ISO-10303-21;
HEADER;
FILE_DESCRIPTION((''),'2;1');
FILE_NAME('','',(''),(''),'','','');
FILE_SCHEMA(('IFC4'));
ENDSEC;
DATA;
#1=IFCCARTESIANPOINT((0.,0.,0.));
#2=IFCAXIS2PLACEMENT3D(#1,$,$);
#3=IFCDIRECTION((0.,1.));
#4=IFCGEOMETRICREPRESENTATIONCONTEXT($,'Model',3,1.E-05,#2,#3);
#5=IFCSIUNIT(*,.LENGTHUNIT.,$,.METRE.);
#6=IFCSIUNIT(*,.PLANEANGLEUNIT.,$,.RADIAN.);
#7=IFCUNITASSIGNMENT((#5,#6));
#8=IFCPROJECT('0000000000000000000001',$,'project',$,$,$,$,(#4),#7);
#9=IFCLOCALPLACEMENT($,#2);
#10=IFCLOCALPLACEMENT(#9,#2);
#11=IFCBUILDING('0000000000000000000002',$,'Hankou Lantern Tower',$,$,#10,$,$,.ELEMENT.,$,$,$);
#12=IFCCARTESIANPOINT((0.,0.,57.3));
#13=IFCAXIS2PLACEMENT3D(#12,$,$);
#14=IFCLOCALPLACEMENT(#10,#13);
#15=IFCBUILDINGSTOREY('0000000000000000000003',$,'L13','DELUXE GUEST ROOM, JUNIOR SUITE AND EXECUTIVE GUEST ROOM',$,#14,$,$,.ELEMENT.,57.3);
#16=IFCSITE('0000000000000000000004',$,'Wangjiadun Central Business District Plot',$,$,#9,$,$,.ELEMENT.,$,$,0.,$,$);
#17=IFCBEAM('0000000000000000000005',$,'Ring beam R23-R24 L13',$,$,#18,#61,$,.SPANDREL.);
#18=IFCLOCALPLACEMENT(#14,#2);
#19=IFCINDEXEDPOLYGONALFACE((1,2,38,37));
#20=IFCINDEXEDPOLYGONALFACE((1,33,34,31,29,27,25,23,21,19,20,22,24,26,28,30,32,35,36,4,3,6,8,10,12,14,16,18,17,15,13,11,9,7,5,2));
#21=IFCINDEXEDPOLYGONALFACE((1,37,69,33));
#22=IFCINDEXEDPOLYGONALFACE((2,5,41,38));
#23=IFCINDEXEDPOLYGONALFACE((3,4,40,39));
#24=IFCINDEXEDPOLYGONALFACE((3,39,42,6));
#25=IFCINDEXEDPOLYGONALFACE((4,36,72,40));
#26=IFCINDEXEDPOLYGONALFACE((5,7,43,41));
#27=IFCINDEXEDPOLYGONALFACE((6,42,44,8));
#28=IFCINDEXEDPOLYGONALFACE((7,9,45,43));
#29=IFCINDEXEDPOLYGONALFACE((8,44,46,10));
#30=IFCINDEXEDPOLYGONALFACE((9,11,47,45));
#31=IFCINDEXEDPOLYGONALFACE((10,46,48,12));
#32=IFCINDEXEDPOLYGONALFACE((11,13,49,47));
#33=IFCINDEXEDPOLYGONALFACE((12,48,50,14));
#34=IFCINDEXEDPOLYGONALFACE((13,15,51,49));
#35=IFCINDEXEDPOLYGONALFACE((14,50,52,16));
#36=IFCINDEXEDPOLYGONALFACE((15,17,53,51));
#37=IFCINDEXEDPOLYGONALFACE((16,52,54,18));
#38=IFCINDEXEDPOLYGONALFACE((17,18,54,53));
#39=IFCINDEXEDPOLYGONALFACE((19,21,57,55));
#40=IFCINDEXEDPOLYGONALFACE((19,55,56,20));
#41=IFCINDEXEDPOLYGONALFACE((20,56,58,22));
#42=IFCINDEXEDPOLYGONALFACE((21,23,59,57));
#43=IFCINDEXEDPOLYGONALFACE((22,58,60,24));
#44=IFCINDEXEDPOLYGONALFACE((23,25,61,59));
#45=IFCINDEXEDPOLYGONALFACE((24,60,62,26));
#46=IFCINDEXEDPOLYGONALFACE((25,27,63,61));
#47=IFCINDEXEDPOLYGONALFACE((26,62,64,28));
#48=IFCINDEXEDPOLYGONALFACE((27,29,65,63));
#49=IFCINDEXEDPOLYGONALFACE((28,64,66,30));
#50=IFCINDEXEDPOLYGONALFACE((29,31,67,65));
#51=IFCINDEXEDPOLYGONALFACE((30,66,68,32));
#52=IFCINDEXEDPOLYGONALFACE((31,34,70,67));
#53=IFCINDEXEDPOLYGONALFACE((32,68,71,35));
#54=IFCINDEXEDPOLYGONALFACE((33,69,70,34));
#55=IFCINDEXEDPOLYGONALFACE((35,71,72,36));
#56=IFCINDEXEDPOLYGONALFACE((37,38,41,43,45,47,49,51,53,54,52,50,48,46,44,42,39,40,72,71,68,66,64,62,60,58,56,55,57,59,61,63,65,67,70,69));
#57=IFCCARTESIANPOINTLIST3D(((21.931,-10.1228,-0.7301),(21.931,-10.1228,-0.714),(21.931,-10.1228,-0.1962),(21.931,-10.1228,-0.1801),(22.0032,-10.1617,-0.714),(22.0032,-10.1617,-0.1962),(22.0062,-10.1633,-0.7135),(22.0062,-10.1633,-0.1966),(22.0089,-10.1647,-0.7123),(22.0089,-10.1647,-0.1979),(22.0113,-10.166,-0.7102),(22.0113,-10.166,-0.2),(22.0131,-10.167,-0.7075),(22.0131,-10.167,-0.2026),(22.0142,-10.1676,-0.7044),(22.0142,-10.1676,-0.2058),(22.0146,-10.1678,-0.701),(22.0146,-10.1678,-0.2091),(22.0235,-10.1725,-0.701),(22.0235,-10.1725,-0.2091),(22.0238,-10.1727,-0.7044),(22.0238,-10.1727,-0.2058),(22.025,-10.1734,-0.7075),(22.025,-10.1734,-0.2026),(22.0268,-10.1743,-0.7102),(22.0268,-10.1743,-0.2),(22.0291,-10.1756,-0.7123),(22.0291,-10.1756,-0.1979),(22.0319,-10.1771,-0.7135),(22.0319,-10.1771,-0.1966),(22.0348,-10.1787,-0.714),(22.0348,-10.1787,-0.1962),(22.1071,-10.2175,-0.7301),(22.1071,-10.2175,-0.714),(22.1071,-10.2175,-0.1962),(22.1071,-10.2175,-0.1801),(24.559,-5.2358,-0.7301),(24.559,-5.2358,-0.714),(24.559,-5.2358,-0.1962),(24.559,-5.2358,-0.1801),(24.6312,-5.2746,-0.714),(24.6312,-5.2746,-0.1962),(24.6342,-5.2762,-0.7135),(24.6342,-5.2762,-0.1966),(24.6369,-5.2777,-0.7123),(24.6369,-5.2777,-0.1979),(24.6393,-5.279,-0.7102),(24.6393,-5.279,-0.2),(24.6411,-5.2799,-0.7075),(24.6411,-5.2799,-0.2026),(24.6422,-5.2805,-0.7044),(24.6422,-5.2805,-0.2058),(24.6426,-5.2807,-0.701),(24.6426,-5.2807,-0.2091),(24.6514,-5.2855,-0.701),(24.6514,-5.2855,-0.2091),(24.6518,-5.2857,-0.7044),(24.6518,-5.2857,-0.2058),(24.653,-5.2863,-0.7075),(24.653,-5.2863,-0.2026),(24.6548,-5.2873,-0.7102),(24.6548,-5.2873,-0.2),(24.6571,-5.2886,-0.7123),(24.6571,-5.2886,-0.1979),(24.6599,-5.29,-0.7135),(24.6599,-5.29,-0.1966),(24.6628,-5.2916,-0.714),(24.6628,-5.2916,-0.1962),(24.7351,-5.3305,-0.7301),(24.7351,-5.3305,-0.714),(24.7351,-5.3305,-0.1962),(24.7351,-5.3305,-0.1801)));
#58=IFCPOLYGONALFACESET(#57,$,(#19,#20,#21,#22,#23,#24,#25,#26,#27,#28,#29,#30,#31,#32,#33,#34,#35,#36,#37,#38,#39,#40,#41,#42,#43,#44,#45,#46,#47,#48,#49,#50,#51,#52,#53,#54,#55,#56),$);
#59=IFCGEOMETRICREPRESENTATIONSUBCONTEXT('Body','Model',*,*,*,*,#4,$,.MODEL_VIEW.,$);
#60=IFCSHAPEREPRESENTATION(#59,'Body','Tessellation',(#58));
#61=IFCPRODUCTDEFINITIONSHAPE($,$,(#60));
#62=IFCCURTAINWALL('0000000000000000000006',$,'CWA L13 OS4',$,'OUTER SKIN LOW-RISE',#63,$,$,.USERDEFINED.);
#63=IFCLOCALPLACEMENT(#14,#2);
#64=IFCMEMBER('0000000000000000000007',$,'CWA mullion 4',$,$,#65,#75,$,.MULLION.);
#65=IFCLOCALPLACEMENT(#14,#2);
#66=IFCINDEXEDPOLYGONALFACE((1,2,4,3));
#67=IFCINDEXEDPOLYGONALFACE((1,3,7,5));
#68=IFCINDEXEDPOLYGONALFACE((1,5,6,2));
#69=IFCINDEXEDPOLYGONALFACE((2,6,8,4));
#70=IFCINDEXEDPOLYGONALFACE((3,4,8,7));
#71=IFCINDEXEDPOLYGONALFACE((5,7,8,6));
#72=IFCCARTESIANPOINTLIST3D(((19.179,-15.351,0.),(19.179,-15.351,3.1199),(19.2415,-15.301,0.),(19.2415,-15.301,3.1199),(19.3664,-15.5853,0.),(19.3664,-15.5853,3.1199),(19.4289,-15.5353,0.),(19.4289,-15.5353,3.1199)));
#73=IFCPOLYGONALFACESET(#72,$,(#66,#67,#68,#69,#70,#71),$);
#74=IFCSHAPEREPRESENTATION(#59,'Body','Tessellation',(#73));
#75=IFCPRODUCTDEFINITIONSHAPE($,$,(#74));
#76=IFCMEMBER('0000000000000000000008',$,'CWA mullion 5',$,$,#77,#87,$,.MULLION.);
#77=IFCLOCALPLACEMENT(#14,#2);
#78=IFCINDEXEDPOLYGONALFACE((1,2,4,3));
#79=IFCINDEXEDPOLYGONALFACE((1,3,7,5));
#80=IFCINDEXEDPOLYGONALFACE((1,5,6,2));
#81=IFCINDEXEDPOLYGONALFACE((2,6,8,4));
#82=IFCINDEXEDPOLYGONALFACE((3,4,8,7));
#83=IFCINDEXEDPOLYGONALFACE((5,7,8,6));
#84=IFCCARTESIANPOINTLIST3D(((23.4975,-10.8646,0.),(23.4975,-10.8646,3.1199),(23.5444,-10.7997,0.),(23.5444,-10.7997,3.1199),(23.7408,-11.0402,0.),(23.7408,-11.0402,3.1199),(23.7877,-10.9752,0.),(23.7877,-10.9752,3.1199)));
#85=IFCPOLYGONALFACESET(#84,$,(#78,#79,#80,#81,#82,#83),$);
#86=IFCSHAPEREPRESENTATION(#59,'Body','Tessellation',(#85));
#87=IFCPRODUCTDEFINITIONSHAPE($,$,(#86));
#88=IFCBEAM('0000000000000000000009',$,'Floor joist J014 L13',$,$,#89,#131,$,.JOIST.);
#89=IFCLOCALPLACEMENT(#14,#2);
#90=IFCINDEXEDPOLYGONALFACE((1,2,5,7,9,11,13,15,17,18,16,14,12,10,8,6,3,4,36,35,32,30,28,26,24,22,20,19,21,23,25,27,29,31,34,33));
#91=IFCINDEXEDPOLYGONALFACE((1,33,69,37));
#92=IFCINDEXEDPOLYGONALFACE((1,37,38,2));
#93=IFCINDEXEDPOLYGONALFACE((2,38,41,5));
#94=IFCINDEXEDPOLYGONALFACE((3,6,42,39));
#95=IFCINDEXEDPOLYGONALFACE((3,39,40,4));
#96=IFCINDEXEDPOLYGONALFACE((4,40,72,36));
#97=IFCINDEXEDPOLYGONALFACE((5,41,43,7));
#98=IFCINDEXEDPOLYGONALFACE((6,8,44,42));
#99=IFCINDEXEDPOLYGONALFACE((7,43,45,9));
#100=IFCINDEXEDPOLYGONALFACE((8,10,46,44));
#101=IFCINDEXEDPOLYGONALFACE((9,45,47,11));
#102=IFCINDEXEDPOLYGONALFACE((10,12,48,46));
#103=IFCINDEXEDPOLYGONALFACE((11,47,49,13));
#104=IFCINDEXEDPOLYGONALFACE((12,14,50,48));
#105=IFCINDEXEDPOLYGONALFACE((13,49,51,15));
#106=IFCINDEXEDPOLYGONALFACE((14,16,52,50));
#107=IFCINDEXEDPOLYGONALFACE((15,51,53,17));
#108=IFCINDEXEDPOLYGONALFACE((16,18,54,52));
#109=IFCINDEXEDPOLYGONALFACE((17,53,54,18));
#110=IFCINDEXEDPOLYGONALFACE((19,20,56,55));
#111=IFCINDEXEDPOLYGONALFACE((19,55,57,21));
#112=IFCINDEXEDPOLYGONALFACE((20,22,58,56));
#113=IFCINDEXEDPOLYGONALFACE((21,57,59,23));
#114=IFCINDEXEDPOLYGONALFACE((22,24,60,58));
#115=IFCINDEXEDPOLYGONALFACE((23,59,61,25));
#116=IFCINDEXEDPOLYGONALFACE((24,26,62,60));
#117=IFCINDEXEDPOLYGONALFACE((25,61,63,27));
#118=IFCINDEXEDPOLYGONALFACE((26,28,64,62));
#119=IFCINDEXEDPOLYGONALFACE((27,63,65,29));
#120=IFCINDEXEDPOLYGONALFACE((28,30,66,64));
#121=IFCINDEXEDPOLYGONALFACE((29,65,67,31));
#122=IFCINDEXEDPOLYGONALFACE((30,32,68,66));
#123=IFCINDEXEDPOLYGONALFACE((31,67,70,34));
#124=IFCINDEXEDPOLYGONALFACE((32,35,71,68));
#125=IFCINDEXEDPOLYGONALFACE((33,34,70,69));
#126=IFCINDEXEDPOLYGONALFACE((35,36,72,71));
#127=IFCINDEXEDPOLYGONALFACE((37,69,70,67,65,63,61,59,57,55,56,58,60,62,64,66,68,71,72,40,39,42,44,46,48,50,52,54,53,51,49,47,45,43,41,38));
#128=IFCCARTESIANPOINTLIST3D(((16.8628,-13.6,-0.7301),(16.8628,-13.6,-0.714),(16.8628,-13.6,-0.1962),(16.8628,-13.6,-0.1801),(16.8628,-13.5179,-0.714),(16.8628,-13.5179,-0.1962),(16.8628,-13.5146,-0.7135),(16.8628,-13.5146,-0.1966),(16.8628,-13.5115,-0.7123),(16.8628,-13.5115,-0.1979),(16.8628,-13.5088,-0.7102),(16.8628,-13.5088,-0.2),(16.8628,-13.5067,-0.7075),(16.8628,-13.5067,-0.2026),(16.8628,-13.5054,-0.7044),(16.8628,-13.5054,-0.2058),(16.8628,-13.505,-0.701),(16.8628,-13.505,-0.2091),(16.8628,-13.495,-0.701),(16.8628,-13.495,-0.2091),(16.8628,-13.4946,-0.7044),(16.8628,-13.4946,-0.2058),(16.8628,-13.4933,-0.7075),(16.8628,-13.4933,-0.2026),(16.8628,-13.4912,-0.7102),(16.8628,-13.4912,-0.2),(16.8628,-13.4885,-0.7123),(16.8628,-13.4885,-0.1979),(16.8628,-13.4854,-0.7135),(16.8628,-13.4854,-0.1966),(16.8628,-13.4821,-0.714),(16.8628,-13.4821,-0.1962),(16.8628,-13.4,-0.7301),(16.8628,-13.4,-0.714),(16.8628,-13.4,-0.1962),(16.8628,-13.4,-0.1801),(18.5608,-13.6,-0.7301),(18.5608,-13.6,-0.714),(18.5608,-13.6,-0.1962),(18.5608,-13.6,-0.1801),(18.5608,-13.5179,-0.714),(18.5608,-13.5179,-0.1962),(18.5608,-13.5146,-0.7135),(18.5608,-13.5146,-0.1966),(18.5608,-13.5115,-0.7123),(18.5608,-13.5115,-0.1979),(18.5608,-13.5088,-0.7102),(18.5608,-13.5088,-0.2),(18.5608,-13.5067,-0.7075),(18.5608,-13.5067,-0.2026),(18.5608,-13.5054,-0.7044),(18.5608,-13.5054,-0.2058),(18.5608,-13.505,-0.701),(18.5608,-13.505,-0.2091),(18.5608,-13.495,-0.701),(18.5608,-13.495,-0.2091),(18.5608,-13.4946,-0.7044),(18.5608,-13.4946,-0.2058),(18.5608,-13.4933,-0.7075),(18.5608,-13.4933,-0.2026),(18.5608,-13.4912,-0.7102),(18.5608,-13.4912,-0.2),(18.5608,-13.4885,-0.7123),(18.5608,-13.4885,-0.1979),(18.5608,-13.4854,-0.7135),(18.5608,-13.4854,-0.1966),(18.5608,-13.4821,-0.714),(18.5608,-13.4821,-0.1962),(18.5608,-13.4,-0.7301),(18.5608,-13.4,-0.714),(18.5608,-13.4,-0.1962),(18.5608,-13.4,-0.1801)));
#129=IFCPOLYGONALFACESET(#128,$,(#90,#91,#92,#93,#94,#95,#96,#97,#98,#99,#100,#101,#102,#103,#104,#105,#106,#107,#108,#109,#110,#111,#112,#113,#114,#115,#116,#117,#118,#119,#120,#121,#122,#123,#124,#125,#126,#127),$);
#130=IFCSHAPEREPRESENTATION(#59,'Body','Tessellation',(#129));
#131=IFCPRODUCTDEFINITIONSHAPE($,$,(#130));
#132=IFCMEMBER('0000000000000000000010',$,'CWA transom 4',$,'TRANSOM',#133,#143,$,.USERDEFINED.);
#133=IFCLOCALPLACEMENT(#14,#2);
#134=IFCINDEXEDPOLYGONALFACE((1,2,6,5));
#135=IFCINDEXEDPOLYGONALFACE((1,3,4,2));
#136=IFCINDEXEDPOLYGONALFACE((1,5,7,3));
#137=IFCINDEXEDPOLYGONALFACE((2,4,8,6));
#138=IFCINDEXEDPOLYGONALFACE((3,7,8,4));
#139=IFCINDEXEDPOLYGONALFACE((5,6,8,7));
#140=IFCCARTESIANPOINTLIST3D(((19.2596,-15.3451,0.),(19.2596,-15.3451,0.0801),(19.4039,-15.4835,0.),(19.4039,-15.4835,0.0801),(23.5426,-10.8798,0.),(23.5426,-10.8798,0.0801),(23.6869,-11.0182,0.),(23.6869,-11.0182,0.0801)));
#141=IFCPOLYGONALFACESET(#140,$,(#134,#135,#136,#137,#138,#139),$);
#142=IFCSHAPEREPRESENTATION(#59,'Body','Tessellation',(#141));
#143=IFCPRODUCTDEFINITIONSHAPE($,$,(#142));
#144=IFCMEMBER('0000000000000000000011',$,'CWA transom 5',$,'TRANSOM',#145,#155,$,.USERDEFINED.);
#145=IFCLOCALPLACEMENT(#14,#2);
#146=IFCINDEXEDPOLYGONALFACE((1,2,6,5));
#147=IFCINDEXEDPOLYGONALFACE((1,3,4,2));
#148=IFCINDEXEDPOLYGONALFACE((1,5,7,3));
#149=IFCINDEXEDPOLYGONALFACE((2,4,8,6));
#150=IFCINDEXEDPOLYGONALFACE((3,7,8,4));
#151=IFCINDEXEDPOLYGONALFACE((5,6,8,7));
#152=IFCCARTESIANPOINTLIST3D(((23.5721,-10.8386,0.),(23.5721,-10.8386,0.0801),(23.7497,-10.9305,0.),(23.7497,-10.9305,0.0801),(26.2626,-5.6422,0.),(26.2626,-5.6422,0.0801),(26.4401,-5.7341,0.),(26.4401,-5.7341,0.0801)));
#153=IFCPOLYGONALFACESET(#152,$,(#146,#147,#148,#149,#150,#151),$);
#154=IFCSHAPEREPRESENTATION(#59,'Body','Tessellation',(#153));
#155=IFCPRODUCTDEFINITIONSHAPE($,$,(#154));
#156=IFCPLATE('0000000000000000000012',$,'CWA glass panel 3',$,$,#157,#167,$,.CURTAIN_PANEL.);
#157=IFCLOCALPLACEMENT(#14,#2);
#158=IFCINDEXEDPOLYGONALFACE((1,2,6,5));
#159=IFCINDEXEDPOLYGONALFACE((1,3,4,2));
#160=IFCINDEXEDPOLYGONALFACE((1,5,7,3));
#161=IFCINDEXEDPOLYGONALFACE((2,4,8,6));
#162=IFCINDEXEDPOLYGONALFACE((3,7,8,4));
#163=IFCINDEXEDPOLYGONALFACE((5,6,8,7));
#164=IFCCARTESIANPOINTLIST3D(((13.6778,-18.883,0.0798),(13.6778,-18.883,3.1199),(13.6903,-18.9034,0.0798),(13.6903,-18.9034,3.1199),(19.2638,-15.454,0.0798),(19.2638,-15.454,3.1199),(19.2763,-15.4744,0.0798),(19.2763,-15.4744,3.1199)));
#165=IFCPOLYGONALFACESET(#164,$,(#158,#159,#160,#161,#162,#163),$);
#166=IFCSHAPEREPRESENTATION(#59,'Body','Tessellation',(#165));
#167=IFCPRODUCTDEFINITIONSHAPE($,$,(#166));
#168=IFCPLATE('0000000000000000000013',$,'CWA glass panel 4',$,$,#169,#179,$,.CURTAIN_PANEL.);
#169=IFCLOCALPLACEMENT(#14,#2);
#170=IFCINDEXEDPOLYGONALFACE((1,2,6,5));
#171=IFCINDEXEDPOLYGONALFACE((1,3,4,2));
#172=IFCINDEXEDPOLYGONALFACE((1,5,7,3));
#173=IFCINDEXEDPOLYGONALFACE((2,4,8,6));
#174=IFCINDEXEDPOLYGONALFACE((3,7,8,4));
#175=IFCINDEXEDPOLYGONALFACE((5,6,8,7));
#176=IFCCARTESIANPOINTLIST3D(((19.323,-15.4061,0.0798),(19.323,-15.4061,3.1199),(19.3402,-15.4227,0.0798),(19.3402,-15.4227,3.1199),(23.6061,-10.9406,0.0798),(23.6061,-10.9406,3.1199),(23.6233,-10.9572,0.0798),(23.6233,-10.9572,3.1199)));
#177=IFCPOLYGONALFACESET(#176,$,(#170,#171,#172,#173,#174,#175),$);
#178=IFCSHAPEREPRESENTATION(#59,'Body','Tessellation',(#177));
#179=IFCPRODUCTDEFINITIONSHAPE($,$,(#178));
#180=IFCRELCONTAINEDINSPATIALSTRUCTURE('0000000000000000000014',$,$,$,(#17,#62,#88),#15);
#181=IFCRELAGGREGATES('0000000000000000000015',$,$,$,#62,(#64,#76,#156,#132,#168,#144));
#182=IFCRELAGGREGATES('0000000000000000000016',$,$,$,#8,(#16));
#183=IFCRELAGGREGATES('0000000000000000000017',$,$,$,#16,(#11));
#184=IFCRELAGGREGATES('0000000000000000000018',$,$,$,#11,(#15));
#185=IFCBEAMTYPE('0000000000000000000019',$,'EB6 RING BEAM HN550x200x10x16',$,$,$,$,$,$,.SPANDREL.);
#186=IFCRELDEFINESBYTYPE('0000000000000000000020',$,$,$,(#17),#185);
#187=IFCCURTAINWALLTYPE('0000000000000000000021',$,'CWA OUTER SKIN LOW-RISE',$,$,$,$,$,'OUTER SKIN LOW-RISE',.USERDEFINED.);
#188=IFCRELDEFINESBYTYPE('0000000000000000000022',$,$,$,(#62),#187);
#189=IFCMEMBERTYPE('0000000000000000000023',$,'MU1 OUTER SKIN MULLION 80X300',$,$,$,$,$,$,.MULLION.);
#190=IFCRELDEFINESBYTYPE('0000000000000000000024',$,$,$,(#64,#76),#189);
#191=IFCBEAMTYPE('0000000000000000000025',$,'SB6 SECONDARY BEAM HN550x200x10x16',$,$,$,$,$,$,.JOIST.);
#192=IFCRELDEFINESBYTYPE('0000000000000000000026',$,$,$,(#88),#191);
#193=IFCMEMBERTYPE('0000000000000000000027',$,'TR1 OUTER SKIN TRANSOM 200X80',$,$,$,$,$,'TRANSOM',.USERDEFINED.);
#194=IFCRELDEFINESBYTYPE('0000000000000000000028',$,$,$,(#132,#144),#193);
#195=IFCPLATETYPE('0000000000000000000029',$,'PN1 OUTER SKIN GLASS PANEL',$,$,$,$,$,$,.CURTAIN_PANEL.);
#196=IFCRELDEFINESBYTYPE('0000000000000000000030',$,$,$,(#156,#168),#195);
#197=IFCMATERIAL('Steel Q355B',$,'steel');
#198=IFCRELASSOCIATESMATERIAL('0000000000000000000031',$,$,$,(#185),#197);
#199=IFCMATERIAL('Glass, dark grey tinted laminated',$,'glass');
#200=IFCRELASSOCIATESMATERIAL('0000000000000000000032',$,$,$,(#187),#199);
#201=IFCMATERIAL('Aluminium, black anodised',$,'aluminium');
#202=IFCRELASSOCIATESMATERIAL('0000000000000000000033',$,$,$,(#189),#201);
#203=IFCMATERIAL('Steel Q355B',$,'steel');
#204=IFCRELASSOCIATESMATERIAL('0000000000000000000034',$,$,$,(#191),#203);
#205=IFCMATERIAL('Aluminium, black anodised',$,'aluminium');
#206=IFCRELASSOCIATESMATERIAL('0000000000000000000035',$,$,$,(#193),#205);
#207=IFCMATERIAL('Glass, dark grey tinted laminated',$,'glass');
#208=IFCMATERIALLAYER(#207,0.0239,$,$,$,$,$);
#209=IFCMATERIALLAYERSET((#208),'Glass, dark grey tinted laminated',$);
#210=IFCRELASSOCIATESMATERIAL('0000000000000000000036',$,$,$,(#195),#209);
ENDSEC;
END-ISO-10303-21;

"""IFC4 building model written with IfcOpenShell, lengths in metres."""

from ifc_helpers import new_model, si_unit, direction, frame, origin, origin_2d, place, context, subcontext, project, spatial, rectangle, i_section, extrude, material, layer, layer_set, material_profile, profile_set, type_object, element, aggregate, save


model = new_model("IFC4")

# Units and contexts
model_context = context("Model", 3, precision=1e-05, world=origin(), true_north=direction((0.0, 1.0)))
body_context = subcontext(model_context, "Body", "Model", "MODEL_VIEW")
ifc_project = project(units=[si_unit("LENGTHUNIT", "METRE"), si_unit("PLANEANGLEUNIT", "RADIAN")], contexts=[model_context])

# Site, building, storey
site_placement = place(None, origin())
site = spatial("IfcSite", under=ifc_project, at=site_placement, Name="Wangjiadun Central Business District Plot", CompositionType="ELEMENT", RefElevation=0.0)
building_placement = place(site_placement, origin())
building = spatial("IfcBuilding", under=site, at=building_placement, Name="Hankou Lantern Tower", CompositionType="ELEMENT")
storey_placement = place(building_placement, frame((0.0, 0.0, 57.3)))
storey = spatial("IfcBuildingStorey", under=building, at=storey_placement, Name="L13", Description="DELUXE GUEST ROOM, JUNIOR SUITE AND EXECUTIVE GUEST ROOM", CompositionType="ELEMENT", Elevation=57.3)

# Beam
ifc_material_1 = material(Name="Steel Q355B", Category="steel")
ifc_material_profile_1 = material_profile(ifc_material_1, i_section(OverallWidth=0.2, OverallDepth=0.55, WebThickness=0.01, FlangeThickness=0.0161, FilletRadius=0.0129, at=origin_2d()), Name="HN550x200x10x16")
ifc_profile_set_1 = profile_set([ifc_material_profile_1], Name="Steel Q355B")
beam_type_1 = type_object("IfcBeamType", Name="EB6 RING BEAM HN550x200x10x16", PredefinedType="SPANDREL", material=ifc_profile_set_1)
beam_1_placement = place(storey_placement, frame((22.019, -10.1702, -0.4551), z_axis=(0.473609, 0.880735, 0.0), x_axis=(-0.880735, 0.473609, 0.0)))
element("IfcBeam", 1, at=beam_1_placement, inside=storey, type_object=beam_type_1, Name="Ring beam R23-R24 L13", PredefinedType="SPANDREL", context=body_context, shape_type="SweptSolid", body=[
    extrude(i_section(OverallWidth=0.2, OverallDepth=0.55, WebThickness=0.01, FlangeThickness=0.0161, FilletRadius=0.0129, at=origin_2d()), origin(), (0.0, 0.0, 1.0), 5.5488),
])

# Curtain wall, members
ifc_material_2 = material(Name="Glass, dark grey tinted laminated", Category="glass")
curtain_wall_type = type_object("IfcCurtainWallType", Name="CWA OUTER SKIN LOW-RISE", ElementType="OUTER SKIN LOW-RISE", PredefinedType="USERDEFINED", material=ifc_material_2)
curtain_wall_placement = place(storey_placement, origin())
curtain_wall = element("IfcCurtainWall", 2, at=curtain_wall_placement, inside=storey, type_object=curtain_wall_type, Name="CWA L13 OS4", ObjectType="OUTER SKIN LOW-RISE", PredefinedType="USERDEFINED")
ifc_material_3 = material(Name="Aluminium, black anodised", Category="aluminium")
ifc_material_profile_2 = material_profile(ifc_material_3, rectangle(XDim=0.0801, YDim=0.3, at=origin_2d()), Name="MU1 80X300")
ifc_profile_set_2 = profile_set([ifc_material_profile_2], Name="Aluminium, black anodised")
member_type_1 = type_object("IfcMemberType", Name="MU1 OUTER SKIN MULLION 80X300", PredefinedType="MULLION", material=ifc_profile_set_2)
member_1_placement = place(storey_placement, frame((19.304, -15.4431, 0.0), z_axis=(0.0, 0.0, 1.0), x_axis=(0.780869, 0.624695, 0.0)))
member_1 = element("IfcMember", 3, at=member_1_placement, type_object=member_type_1, Name="CWA mullion 4", PredefinedType="MULLION", context=body_context, shape_type="SweptSolid", body=[
    extrude(rectangle(XDim=0.0801, YDim=0.3, at=origin_2d()), origin(), (0.0, 0.0, 1.0), 3.1199),
])
member_2_placement = place(storey_placement, frame((23.6426, -10.9199, 0.0), z_axis=(0.0, 0.0, 1.0), x_axis=(0.585206, 0.810885, 0.0)))
member_2 = element("IfcMember", 4, at=member_2_placement, type_object=member_type_1, Name="CWA mullion 5", PredefinedType="MULLION", context=body_context, shape_type="SweptSolid", body=[
    extrude(rectangle(XDim=0.0801, YDim=0.3, at=origin_2d()), origin(), (0.0, 0.0, 1.0), 3.1199),
])

# Beam
ifc_material_4 = material(Name="Steel Q355B", Category="steel")
ifc_material_profile_3 = material_profile(ifc_material_4, i_section(OverallWidth=0.2, OverallDepth=0.55, WebThickness=0.01, FlangeThickness=0.0161, FilletRadius=0.0129, at=origin_2d()), Name="HN550x200x10x16")
ifc_profile_set_3 = profile_set([ifc_material_profile_3], Name="Steel Q355B")
beam_type_2 = type_object("IfcBeamType", Name="SB6 SECONDARY BEAM HN550x200x10x16", PredefinedType="JOIST", material=ifc_profile_set_3)
beam_2_placement = place(storey_placement, frame((16.8628, -13.5, -0.4551), z_axis=(1.0, 0.0, 0.0), x_axis=(0.0, 1.0, 0.0)))
element("IfcBeam", 5, at=beam_2_placement, inside=storey, type_object=beam_type_2, Name="Floor joist J014 L13", PredefinedType="JOIST", context=body_context, shape_type="SweptSolid", body=[
    extrude(i_section(OverallWidth=0.2, OverallDepth=0.55, WebThickness=0.01, FlangeThickness=0.0161, FilletRadius=0.0129, at=origin_2d()), origin(), (0.0, 0.0, 1.0), 1.698),
])

# Members
ifc_material_5 = material(Name="Aluminium, black anodised", Category="aluminium")
ifc_material_profile_4 = material_profile(ifc_material_5, rectangle(XDim=0.2, YDim=0.0801, at=origin_2d()), Name="TR1 200X80")
ifc_profile_set_4 = profile_set([ifc_material_profile_4], Name="Aluminium, black anodised")
member_type_2 = type_object("IfcMemberType", Name="TR1 OUTER SKIN TRANSOM 200X80", ElementType="TRANSOM", PredefinedType="USERDEFINED", material=ifc_profile_set_4)
member_3_placement = place(storey_placement, frame((19.3318, -15.4143, 0.04), z_axis=(0.692216, 0.721691, 0.0), x_axis=(-0.721691, 0.692216, 0.0)))
member_3 = element("IfcMember", 6, at=member_3_placement, type_object=member_type_2, Name="CWA transom 4", ObjectType="TRANSOM", PredefinedType="USERDEFINED", context=body_context, shape_type="SweptSolid", body=[
    extrude(rectangle(XDim=0.2, YDim=0.0801, at=origin_2d()), origin(), (0.0, 0.0, 1.0), 6.1873),
])
member_4_placement = place(storey_placement, frame((23.6609, -10.8845, 0.04), z_axis=(0.459786, 0.88803, 0.0), x_axis=(-0.88803, 0.459786, 0.0)))
member_4 = element("IfcMember", 7, at=member_4_placement, type_object=member_type_2, Name="CWA transom 5", ObjectType="TRANSOM", PredefinedType="USERDEFINED", context=body_context, shape_type="SweptSolid", body=[
    extrude(rectangle(XDim=0.2, YDim=0.0801, at=origin_2d()), origin(), (0.0, 0.0, 1.0), 5.8516),
])

# Plates
ifc_material_6 = material(Name="Glass, dark grey tinted laminated", Category="glass")
ifc_layer_1 = layer(ifc_material_6, 0.0239)
ifc_layer_set_1 = layer_set([ifc_layer_1], Name="Glass, dark grey tinted laminated")
plate_type = type_object("IfcPlateType", Name="PN1 OUTER SKIN GLASS PANEL", PredefinedType="CURTAIN_PANEL", material=ifc_layer_set_1)
plate_1_placement = place(storey_placement, frame((16.4771, -17.1787, 0.0798), z_axis=(0.0, 0.0, 1.0), x_axis=(0.852237, 0.523156, 0.0)))
plate_1 = element("IfcPlate", 8, at=plate_1_placement, type_object=plate_type, Name="CWA glass panel 3", PredefinedType="CURTAIN_PANEL", context=body_context, shape_type="SweptSolid", body=[
    extrude(rectangle(XDim=6.5544, YDim=0.0239, at=origin_2d()), origin(), (0.0, 0.0, 1.0), 3.04),
])
plate_2_placement = place(storey_placement, frame((21.4731, -13.1816, 0.0798), z_axis=(0.0, 0.0, 1.0), x_axis=(0.692216, 0.721691, 0.0)))
plate_2 = element("IfcPlate", 9, at=plate_2_placement, type_object=plate_type, Name="CWA glass panel 4", PredefinedType="CURTAIN_PANEL", context=body_context, shape_type="SweptSolid", body=[
    extrude(rectangle(XDim=6.1875, YDim=0.0239, at=origin_2d()), origin(), (0.0, 0.0, 1.0), 3.04),
])
aggregate(curtain_wall, [member_1, member_2, plate_1, member_3, plate_2, member_4])

save(model, "model.ifc")
